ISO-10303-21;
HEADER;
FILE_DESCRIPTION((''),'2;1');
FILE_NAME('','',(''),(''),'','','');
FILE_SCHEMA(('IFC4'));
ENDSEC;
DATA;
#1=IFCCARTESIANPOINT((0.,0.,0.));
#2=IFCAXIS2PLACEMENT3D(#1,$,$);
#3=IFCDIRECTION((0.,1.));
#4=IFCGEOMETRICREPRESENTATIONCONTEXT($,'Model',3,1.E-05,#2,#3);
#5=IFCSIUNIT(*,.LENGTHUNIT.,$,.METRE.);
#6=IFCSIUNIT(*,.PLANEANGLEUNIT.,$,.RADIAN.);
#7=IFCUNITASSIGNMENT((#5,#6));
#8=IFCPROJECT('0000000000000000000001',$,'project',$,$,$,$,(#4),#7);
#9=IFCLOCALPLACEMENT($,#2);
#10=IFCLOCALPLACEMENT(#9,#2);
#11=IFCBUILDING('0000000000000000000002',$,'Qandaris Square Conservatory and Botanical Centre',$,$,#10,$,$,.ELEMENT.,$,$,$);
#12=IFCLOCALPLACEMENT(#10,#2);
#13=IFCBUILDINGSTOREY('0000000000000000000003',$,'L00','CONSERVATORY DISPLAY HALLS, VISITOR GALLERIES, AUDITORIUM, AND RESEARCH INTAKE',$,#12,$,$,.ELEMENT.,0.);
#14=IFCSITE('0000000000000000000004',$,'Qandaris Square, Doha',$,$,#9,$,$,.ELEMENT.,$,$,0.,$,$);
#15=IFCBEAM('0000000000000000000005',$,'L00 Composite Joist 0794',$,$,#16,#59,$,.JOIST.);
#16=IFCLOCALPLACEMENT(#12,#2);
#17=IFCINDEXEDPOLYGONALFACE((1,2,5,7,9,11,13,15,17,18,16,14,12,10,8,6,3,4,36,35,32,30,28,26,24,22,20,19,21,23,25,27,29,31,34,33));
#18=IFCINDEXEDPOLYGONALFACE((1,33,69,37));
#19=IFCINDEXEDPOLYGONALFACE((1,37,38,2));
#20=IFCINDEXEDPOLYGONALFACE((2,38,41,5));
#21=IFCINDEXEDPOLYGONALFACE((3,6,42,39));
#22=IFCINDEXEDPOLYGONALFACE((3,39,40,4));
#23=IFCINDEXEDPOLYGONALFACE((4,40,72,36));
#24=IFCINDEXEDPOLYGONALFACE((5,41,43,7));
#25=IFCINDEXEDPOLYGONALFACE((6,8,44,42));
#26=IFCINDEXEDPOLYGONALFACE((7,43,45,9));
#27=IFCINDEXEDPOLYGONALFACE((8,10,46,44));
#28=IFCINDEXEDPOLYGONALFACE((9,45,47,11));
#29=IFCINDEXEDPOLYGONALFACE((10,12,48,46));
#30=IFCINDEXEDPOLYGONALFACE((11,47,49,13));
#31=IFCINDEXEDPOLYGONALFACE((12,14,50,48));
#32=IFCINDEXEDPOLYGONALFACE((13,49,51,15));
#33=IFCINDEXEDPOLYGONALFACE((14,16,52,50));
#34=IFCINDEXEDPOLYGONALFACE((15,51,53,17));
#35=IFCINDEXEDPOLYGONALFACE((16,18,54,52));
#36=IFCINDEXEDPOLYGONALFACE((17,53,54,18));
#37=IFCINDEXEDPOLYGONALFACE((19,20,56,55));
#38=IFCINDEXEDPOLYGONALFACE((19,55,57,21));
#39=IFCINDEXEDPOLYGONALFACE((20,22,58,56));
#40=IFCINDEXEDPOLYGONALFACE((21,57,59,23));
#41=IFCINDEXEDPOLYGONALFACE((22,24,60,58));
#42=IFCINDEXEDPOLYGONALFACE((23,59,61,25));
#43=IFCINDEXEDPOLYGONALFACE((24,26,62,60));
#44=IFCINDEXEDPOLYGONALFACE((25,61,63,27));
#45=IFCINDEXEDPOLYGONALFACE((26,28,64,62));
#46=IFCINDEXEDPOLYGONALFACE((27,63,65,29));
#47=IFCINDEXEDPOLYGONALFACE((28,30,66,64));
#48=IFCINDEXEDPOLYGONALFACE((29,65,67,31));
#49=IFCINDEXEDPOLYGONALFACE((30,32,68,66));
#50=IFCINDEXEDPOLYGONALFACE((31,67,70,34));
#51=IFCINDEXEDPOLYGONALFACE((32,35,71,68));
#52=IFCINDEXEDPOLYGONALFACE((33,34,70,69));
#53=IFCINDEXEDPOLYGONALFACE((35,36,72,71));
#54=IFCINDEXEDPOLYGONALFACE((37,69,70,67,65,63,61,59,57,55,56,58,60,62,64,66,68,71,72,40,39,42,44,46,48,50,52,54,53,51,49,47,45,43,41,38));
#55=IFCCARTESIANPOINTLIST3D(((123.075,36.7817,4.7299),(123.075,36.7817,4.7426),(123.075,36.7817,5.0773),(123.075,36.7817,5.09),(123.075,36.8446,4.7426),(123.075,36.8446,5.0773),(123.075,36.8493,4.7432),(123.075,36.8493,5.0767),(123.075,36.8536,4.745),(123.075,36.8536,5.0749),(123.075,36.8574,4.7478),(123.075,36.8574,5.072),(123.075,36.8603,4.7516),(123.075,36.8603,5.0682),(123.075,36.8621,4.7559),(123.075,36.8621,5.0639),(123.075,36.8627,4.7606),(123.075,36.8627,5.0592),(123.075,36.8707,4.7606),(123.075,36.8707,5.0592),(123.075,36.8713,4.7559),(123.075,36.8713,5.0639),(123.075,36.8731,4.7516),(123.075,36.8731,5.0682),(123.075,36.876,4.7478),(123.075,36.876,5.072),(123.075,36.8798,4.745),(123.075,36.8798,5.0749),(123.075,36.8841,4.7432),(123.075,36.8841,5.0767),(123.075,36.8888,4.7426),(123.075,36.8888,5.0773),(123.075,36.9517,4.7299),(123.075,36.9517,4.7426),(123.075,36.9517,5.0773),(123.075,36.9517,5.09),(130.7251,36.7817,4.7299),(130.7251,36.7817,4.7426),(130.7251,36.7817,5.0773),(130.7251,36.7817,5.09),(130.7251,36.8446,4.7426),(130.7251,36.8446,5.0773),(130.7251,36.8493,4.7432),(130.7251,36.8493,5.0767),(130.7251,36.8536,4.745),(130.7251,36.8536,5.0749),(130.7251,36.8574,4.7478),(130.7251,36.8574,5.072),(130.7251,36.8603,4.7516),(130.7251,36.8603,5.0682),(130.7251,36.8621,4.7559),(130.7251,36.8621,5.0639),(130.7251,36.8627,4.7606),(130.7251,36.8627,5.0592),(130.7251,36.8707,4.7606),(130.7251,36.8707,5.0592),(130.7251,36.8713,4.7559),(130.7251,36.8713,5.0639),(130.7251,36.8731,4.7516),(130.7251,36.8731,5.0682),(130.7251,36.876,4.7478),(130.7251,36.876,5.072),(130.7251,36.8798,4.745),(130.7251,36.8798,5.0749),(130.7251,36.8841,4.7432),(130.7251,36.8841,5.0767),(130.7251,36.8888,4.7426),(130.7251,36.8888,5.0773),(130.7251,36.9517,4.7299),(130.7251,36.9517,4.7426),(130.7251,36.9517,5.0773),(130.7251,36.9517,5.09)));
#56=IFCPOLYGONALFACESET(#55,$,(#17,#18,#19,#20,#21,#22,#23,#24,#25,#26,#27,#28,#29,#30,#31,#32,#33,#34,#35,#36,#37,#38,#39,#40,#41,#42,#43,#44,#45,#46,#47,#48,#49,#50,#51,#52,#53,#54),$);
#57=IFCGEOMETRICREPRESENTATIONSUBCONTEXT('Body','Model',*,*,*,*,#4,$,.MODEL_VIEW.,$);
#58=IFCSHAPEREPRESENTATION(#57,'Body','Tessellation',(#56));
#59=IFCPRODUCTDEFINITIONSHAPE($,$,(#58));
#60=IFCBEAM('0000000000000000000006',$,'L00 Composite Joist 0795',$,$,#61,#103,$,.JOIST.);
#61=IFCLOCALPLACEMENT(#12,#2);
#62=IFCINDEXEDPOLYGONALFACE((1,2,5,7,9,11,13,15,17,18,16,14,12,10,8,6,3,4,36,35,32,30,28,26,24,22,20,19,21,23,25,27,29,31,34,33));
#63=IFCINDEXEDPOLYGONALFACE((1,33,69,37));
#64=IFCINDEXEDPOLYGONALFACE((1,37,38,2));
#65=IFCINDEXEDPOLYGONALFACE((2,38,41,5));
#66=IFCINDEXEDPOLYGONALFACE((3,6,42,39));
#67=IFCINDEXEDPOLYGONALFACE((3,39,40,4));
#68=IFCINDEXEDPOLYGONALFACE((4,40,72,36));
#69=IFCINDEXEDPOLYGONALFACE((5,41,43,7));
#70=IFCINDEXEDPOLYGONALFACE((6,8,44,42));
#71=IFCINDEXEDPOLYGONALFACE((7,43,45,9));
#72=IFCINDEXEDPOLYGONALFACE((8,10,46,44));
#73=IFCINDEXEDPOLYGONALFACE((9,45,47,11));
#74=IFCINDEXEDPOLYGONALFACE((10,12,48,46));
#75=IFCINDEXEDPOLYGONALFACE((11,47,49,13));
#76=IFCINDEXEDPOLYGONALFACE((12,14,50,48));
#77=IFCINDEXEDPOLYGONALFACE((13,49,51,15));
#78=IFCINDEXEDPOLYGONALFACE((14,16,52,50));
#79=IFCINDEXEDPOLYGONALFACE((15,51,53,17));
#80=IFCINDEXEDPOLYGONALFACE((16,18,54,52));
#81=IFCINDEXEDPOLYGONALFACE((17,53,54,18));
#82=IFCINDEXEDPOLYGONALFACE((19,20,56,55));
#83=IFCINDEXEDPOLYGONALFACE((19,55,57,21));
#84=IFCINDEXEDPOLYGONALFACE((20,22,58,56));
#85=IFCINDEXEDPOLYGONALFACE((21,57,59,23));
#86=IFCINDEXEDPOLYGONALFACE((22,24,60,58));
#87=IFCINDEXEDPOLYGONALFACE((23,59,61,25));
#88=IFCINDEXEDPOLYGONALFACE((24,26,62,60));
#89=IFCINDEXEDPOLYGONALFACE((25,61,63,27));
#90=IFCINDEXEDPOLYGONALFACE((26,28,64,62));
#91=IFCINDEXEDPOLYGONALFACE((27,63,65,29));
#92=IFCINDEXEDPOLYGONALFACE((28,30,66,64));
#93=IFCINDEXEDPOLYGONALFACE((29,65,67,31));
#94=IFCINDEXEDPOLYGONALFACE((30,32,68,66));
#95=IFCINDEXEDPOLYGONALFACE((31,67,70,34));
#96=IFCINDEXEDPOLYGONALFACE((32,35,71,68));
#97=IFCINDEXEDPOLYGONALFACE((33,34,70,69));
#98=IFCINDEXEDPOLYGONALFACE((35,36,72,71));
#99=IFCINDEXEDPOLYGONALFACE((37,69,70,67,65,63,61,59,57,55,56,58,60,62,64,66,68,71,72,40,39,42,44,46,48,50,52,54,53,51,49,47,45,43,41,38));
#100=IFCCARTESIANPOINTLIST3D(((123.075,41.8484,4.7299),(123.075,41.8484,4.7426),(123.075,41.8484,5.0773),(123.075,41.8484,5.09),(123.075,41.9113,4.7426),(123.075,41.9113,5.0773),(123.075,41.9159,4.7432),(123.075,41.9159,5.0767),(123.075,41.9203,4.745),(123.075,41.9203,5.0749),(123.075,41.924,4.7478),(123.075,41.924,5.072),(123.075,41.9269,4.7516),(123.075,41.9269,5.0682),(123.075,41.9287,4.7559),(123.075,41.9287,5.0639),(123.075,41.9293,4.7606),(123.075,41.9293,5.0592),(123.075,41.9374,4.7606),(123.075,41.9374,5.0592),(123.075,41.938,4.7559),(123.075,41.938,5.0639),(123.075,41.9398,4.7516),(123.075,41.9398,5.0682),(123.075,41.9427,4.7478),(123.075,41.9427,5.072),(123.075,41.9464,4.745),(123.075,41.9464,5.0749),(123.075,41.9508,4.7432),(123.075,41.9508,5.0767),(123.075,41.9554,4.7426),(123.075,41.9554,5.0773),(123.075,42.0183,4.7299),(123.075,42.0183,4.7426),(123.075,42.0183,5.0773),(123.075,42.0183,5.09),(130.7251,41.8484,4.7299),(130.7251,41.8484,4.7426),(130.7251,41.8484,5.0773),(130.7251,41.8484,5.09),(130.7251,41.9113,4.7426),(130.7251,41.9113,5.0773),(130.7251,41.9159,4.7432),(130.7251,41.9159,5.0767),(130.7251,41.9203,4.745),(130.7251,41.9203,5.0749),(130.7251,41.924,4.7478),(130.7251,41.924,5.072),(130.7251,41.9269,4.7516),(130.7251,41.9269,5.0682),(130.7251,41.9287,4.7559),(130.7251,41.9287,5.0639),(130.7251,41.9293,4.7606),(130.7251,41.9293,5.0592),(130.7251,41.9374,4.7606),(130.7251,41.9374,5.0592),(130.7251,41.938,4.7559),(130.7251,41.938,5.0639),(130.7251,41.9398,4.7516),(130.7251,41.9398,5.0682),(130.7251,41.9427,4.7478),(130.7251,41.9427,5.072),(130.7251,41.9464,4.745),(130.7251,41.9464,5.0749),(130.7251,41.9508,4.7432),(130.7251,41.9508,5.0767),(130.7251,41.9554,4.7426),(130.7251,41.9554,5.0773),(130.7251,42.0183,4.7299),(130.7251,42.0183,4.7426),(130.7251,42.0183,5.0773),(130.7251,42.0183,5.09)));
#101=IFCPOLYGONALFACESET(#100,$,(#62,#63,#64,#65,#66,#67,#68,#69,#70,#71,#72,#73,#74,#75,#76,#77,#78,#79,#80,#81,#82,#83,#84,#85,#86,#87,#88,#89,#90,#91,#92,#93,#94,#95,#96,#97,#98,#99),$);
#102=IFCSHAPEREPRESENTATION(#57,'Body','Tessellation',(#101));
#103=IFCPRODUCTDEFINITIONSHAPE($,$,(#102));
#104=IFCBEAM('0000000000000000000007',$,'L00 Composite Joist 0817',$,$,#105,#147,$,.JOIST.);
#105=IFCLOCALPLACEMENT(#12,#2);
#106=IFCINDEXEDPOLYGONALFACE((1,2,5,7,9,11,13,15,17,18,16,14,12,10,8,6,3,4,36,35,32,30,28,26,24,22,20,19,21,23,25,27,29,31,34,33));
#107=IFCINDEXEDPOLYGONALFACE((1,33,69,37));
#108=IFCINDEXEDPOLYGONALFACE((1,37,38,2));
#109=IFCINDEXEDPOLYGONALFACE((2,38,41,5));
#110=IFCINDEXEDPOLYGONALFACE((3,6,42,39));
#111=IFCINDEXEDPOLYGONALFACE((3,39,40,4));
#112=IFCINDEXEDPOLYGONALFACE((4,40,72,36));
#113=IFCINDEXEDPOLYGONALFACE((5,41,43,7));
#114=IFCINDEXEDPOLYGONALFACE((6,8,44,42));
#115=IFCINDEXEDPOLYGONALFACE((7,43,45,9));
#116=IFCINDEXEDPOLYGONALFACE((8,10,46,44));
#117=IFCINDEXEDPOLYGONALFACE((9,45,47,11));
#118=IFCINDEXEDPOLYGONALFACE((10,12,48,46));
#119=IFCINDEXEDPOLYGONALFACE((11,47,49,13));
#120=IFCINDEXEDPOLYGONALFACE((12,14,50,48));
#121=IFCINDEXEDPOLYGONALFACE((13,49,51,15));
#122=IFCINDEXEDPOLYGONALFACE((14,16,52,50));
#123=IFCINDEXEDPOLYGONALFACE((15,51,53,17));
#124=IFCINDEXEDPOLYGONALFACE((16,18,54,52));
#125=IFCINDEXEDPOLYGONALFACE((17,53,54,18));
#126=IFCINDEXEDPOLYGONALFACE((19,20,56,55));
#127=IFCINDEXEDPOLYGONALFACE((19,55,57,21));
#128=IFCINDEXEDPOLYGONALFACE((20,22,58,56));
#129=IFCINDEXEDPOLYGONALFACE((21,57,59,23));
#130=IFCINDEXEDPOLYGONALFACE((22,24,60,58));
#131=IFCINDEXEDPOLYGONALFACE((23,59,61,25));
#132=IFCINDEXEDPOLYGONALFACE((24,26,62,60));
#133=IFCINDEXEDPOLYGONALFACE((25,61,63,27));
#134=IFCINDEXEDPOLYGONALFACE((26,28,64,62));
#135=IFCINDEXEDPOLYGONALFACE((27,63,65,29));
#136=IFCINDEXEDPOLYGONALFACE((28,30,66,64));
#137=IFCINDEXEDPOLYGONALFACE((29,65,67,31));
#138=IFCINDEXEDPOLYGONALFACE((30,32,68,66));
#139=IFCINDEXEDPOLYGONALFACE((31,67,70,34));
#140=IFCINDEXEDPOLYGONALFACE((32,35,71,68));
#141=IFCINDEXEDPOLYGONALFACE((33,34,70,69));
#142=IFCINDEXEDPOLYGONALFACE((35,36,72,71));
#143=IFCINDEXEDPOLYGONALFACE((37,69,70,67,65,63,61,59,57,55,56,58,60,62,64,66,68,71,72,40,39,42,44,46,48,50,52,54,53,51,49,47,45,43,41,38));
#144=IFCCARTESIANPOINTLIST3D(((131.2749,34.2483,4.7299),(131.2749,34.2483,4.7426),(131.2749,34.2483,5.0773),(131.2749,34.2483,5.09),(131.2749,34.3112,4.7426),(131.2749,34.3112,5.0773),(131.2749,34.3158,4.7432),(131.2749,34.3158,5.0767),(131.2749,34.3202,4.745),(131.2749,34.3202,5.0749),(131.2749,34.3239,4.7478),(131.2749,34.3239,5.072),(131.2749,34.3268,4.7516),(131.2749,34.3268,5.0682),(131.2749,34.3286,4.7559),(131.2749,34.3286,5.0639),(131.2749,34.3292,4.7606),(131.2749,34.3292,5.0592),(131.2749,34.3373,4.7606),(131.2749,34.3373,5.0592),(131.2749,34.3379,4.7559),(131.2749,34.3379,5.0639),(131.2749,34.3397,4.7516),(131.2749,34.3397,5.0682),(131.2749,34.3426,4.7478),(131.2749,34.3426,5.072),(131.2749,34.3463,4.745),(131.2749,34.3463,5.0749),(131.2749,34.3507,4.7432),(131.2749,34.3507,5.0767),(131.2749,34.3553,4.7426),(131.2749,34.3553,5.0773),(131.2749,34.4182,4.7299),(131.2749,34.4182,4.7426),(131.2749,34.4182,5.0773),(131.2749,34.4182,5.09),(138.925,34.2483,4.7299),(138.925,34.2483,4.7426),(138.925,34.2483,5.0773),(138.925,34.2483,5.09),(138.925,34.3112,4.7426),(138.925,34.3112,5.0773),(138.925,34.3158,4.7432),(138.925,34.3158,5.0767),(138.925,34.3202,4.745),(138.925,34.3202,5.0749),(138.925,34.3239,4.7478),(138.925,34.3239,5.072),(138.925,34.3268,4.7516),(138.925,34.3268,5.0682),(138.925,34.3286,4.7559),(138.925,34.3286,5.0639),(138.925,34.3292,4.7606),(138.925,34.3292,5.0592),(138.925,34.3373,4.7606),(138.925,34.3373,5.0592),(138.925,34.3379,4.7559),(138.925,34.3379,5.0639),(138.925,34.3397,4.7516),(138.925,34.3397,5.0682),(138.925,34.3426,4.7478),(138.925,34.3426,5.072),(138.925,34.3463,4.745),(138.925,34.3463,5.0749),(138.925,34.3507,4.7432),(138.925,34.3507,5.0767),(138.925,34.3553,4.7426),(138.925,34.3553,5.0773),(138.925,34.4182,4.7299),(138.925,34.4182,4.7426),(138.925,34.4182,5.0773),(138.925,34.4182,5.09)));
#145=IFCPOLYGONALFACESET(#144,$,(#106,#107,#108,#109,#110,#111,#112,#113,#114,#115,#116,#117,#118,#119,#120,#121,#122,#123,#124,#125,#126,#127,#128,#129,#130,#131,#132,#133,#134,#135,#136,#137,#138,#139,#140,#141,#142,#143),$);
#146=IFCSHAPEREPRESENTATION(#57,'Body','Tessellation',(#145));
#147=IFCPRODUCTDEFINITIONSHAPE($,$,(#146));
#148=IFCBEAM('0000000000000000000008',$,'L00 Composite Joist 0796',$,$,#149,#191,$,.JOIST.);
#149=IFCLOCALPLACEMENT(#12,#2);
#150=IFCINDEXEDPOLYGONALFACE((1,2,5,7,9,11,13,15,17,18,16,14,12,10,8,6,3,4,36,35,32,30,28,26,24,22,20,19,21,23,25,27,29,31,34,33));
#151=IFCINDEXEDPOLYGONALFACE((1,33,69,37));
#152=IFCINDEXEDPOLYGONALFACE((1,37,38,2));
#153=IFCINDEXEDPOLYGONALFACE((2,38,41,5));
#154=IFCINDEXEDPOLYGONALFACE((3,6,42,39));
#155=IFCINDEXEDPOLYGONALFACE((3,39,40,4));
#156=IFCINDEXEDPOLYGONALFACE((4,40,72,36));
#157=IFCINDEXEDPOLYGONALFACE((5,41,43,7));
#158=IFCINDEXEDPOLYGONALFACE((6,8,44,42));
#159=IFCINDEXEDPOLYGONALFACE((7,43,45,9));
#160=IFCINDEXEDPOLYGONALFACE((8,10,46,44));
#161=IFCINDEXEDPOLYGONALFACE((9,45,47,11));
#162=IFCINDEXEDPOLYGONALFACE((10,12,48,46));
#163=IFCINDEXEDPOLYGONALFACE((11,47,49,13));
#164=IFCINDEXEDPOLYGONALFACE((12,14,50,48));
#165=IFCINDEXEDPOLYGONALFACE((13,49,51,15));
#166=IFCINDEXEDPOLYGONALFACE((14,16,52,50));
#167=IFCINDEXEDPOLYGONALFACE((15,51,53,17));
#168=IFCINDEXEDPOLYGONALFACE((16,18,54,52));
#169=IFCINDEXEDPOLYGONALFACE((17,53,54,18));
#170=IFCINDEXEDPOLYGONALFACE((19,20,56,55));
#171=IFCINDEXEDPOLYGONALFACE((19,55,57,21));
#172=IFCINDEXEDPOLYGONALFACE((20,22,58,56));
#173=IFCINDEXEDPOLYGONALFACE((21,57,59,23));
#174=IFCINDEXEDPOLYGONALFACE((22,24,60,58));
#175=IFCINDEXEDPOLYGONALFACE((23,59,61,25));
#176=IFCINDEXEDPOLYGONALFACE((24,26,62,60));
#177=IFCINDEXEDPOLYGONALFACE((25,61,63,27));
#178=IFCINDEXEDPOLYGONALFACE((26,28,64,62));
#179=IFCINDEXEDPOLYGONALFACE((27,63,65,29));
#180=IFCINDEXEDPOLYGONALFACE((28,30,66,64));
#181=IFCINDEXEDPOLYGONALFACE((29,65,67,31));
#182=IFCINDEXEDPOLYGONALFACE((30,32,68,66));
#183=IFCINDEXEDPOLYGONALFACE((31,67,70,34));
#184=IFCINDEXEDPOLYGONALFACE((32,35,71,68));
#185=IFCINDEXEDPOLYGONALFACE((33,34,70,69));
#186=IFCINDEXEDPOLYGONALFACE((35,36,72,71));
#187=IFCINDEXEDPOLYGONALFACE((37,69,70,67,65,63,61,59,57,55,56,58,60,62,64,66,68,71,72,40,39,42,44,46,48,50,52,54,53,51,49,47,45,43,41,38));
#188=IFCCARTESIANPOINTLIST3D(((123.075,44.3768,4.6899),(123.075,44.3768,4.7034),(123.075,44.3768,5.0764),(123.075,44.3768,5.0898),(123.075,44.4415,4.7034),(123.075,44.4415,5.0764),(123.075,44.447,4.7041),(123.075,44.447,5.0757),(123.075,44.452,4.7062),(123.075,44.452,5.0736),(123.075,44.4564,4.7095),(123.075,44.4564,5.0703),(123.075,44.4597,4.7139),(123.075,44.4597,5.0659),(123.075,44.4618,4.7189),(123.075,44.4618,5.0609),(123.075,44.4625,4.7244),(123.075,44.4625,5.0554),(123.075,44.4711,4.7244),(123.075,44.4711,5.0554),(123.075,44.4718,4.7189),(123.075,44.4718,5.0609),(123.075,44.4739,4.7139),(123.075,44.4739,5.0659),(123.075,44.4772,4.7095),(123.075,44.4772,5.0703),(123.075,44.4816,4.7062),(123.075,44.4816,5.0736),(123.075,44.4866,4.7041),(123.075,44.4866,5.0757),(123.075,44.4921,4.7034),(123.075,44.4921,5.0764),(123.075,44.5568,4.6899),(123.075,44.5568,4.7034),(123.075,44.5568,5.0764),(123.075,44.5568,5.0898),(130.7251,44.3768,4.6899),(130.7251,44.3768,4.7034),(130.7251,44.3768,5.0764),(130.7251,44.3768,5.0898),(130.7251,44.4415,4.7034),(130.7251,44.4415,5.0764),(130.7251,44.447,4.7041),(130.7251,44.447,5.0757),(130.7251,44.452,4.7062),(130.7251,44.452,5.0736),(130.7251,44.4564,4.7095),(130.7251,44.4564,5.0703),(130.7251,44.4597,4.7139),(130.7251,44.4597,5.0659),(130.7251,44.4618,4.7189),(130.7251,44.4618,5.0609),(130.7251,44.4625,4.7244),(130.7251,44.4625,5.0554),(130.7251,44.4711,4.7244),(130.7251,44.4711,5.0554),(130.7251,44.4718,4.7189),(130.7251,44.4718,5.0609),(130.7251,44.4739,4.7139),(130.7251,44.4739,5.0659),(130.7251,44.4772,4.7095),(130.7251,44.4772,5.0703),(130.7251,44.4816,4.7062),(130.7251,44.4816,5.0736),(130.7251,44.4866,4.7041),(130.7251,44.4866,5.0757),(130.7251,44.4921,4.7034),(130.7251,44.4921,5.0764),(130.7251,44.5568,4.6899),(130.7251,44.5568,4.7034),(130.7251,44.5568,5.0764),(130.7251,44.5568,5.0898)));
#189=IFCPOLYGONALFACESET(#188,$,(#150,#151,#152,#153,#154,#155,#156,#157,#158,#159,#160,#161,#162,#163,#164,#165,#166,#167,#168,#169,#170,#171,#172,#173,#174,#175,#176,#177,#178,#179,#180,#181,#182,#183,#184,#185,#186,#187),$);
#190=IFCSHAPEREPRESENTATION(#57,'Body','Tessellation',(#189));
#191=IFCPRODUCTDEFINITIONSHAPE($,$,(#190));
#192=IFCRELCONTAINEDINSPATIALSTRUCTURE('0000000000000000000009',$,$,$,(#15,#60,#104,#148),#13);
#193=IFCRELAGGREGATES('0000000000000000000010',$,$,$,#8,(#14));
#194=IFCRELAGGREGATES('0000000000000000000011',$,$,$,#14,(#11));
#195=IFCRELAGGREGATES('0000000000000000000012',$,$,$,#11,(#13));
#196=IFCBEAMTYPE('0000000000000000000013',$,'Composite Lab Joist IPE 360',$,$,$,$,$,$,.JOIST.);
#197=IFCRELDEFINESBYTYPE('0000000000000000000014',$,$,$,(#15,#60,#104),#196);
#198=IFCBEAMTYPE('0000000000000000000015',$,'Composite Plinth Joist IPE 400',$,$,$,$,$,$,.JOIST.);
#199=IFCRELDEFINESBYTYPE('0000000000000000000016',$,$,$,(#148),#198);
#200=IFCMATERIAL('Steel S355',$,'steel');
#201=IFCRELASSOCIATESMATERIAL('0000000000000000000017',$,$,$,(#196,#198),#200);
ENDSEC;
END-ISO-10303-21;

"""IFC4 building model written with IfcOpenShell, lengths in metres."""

from ifc_helpers import new_model, si_unit, direction, frame, origin, origin_2d, place, context, subcontext, project, spatial, i_section, extrude, material, material_profile, profile_set, type_object, element, save


model = new_model("IFC4")

# Units and contexts
model_context = context("Model", 3, precision=1e-05, world=origin(), true_north=direction((0.0, 1.0)))
body_context = subcontext(model_context, "Body", "Model", "MODEL_VIEW")
ifc_project = project(units=[si_unit("LENGTHUNIT", "METRE"), si_unit("PLANEANGLEUNIT", "RADIAN")], contexts=[model_context])

# Site, building, storey
site_placement = place(None, origin())
site = spatial("IfcSite", under=ifc_project, at=site_placement, Name="Qandaris Square, Doha", CompositionType="ELEMENT", RefElevation=0.0)
building_placement = place(site_placement, origin())
building = spatial("IfcBuilding", under=site, at=building_placement, Name="Qandaris Square Conservatory and Botanical Centre", CompositionType="ELEMENT")
storey_placement = place(building_placement, origin())
storey = spatial("IfcBuildingStorey", under=building, at=storey_placement, Name="L00", Description="CONSERVATORY DISPLAY HALLS, VISITOR GALLERIES, AUDITORIUM, AND RESEARCH INTAKE", CompositionType="ELEMENT", Elevation=0.0)

# Beams
ifc_material_1 = material(Name="Steel S355", Category="steel")
ifc_material_profile_1 = material_profile(ifc_material_1, i_section(OverallWidth=0.1699, OverallDepth=0.3601, WebThickness=0.0081, FlangeThickness=0.0127, FilletRadius=0.0181, at=origin_2d()), Name="IPE 360")
ifc_profile_set_1 = profile_set([ifc_material_profile_1], Name="Steel S355")
beam_type_1 = type_object("IfcBeamType", Name="Composite Lab Joist IPE 360", PredefinedType="JOIST", material=ifc_profile_set_1)
for number, where, z_axis, x_axis, name in (
    (1, (123.075, 36.8667, 4.9099), (1.0, 0.0, 0.0), (0.0, 1.0, 0.0), "L00 Composite Joist 0794"),
    (2, (123.075, 41.9333, 4.9099), (1.0, 0.0, 0.0), (0.0, 1.0, 0.0), "L00 Composite Joist 0795"),
    (3, (131.2749, 34.3333, 4.9099), (1.0, 0.0, 0.0), (0.0, 1.0, 0.0), "L00 Composite Joist 0817"),
):
    element("IfcBeam", number, at=place(storey_placement, frame(where, z_axis=z_axis, x_axis=x_axis)), inside=storey, type_object=beam_type_1, Name=name, PredefinedType="JOIST", context=body_context, shape_type="SweptSolid", body=[
        extrude(i_section(OverallWidth=0.1699, OverallDepth=0.3601, WebThickness=0.0081, FlangeThickness=0.0127, FilletRadius=0.0181, at=origin_2d()), origin(), (0.0, 0.0, 1.0), 7.6501),
    ])
ifc_material_profile_2 = material_profile(ifc_material_1, i_section(OverallWidth=0.1799, OverallDepth=0.3999, WebThickness=0.0085, FlangeThickness=0.0134, FilletRadius=0.021, at=origin_2d()), Name="IPE 400")
ifc_profile_set_2 = profile_set([ifc_material_profile_2], Name="Steel S355")
beam_type_2 = type_object("IfcBeamType", Name="Composite Plinth Joist IPE 400", PredefinedType="JOIST", material=ifc_profile_set_2)
for number, where, z_axis, x_axis, name in (
    (4, (123.075, 44.4668, 4.8899), (1.0, 0.0, 0.0), (0.0, 1.0, 0.0), "L00 Composite Joist 0796"),
):
    element("IfcBeam", number, at=place(storey_placement, frame(where, z_axis=z_axis, x_axis=x_axis)), inside=storey, type_object=beam_type_2, Name=name, PredefinedType="JOIST", context=body_context, shape_type="SweptSolid", body=[
        extrude(i_section(OverallWidth=0.1799, OverallDepth=0.3999, WebThickness=0.0085, FlangeThickness=0.0134, FilletRadius=0.021, at=origin_2d()), origin(), (0.0, 0.0, 1.0), 7.6501),
    ])

save(model, "model.ifc")
